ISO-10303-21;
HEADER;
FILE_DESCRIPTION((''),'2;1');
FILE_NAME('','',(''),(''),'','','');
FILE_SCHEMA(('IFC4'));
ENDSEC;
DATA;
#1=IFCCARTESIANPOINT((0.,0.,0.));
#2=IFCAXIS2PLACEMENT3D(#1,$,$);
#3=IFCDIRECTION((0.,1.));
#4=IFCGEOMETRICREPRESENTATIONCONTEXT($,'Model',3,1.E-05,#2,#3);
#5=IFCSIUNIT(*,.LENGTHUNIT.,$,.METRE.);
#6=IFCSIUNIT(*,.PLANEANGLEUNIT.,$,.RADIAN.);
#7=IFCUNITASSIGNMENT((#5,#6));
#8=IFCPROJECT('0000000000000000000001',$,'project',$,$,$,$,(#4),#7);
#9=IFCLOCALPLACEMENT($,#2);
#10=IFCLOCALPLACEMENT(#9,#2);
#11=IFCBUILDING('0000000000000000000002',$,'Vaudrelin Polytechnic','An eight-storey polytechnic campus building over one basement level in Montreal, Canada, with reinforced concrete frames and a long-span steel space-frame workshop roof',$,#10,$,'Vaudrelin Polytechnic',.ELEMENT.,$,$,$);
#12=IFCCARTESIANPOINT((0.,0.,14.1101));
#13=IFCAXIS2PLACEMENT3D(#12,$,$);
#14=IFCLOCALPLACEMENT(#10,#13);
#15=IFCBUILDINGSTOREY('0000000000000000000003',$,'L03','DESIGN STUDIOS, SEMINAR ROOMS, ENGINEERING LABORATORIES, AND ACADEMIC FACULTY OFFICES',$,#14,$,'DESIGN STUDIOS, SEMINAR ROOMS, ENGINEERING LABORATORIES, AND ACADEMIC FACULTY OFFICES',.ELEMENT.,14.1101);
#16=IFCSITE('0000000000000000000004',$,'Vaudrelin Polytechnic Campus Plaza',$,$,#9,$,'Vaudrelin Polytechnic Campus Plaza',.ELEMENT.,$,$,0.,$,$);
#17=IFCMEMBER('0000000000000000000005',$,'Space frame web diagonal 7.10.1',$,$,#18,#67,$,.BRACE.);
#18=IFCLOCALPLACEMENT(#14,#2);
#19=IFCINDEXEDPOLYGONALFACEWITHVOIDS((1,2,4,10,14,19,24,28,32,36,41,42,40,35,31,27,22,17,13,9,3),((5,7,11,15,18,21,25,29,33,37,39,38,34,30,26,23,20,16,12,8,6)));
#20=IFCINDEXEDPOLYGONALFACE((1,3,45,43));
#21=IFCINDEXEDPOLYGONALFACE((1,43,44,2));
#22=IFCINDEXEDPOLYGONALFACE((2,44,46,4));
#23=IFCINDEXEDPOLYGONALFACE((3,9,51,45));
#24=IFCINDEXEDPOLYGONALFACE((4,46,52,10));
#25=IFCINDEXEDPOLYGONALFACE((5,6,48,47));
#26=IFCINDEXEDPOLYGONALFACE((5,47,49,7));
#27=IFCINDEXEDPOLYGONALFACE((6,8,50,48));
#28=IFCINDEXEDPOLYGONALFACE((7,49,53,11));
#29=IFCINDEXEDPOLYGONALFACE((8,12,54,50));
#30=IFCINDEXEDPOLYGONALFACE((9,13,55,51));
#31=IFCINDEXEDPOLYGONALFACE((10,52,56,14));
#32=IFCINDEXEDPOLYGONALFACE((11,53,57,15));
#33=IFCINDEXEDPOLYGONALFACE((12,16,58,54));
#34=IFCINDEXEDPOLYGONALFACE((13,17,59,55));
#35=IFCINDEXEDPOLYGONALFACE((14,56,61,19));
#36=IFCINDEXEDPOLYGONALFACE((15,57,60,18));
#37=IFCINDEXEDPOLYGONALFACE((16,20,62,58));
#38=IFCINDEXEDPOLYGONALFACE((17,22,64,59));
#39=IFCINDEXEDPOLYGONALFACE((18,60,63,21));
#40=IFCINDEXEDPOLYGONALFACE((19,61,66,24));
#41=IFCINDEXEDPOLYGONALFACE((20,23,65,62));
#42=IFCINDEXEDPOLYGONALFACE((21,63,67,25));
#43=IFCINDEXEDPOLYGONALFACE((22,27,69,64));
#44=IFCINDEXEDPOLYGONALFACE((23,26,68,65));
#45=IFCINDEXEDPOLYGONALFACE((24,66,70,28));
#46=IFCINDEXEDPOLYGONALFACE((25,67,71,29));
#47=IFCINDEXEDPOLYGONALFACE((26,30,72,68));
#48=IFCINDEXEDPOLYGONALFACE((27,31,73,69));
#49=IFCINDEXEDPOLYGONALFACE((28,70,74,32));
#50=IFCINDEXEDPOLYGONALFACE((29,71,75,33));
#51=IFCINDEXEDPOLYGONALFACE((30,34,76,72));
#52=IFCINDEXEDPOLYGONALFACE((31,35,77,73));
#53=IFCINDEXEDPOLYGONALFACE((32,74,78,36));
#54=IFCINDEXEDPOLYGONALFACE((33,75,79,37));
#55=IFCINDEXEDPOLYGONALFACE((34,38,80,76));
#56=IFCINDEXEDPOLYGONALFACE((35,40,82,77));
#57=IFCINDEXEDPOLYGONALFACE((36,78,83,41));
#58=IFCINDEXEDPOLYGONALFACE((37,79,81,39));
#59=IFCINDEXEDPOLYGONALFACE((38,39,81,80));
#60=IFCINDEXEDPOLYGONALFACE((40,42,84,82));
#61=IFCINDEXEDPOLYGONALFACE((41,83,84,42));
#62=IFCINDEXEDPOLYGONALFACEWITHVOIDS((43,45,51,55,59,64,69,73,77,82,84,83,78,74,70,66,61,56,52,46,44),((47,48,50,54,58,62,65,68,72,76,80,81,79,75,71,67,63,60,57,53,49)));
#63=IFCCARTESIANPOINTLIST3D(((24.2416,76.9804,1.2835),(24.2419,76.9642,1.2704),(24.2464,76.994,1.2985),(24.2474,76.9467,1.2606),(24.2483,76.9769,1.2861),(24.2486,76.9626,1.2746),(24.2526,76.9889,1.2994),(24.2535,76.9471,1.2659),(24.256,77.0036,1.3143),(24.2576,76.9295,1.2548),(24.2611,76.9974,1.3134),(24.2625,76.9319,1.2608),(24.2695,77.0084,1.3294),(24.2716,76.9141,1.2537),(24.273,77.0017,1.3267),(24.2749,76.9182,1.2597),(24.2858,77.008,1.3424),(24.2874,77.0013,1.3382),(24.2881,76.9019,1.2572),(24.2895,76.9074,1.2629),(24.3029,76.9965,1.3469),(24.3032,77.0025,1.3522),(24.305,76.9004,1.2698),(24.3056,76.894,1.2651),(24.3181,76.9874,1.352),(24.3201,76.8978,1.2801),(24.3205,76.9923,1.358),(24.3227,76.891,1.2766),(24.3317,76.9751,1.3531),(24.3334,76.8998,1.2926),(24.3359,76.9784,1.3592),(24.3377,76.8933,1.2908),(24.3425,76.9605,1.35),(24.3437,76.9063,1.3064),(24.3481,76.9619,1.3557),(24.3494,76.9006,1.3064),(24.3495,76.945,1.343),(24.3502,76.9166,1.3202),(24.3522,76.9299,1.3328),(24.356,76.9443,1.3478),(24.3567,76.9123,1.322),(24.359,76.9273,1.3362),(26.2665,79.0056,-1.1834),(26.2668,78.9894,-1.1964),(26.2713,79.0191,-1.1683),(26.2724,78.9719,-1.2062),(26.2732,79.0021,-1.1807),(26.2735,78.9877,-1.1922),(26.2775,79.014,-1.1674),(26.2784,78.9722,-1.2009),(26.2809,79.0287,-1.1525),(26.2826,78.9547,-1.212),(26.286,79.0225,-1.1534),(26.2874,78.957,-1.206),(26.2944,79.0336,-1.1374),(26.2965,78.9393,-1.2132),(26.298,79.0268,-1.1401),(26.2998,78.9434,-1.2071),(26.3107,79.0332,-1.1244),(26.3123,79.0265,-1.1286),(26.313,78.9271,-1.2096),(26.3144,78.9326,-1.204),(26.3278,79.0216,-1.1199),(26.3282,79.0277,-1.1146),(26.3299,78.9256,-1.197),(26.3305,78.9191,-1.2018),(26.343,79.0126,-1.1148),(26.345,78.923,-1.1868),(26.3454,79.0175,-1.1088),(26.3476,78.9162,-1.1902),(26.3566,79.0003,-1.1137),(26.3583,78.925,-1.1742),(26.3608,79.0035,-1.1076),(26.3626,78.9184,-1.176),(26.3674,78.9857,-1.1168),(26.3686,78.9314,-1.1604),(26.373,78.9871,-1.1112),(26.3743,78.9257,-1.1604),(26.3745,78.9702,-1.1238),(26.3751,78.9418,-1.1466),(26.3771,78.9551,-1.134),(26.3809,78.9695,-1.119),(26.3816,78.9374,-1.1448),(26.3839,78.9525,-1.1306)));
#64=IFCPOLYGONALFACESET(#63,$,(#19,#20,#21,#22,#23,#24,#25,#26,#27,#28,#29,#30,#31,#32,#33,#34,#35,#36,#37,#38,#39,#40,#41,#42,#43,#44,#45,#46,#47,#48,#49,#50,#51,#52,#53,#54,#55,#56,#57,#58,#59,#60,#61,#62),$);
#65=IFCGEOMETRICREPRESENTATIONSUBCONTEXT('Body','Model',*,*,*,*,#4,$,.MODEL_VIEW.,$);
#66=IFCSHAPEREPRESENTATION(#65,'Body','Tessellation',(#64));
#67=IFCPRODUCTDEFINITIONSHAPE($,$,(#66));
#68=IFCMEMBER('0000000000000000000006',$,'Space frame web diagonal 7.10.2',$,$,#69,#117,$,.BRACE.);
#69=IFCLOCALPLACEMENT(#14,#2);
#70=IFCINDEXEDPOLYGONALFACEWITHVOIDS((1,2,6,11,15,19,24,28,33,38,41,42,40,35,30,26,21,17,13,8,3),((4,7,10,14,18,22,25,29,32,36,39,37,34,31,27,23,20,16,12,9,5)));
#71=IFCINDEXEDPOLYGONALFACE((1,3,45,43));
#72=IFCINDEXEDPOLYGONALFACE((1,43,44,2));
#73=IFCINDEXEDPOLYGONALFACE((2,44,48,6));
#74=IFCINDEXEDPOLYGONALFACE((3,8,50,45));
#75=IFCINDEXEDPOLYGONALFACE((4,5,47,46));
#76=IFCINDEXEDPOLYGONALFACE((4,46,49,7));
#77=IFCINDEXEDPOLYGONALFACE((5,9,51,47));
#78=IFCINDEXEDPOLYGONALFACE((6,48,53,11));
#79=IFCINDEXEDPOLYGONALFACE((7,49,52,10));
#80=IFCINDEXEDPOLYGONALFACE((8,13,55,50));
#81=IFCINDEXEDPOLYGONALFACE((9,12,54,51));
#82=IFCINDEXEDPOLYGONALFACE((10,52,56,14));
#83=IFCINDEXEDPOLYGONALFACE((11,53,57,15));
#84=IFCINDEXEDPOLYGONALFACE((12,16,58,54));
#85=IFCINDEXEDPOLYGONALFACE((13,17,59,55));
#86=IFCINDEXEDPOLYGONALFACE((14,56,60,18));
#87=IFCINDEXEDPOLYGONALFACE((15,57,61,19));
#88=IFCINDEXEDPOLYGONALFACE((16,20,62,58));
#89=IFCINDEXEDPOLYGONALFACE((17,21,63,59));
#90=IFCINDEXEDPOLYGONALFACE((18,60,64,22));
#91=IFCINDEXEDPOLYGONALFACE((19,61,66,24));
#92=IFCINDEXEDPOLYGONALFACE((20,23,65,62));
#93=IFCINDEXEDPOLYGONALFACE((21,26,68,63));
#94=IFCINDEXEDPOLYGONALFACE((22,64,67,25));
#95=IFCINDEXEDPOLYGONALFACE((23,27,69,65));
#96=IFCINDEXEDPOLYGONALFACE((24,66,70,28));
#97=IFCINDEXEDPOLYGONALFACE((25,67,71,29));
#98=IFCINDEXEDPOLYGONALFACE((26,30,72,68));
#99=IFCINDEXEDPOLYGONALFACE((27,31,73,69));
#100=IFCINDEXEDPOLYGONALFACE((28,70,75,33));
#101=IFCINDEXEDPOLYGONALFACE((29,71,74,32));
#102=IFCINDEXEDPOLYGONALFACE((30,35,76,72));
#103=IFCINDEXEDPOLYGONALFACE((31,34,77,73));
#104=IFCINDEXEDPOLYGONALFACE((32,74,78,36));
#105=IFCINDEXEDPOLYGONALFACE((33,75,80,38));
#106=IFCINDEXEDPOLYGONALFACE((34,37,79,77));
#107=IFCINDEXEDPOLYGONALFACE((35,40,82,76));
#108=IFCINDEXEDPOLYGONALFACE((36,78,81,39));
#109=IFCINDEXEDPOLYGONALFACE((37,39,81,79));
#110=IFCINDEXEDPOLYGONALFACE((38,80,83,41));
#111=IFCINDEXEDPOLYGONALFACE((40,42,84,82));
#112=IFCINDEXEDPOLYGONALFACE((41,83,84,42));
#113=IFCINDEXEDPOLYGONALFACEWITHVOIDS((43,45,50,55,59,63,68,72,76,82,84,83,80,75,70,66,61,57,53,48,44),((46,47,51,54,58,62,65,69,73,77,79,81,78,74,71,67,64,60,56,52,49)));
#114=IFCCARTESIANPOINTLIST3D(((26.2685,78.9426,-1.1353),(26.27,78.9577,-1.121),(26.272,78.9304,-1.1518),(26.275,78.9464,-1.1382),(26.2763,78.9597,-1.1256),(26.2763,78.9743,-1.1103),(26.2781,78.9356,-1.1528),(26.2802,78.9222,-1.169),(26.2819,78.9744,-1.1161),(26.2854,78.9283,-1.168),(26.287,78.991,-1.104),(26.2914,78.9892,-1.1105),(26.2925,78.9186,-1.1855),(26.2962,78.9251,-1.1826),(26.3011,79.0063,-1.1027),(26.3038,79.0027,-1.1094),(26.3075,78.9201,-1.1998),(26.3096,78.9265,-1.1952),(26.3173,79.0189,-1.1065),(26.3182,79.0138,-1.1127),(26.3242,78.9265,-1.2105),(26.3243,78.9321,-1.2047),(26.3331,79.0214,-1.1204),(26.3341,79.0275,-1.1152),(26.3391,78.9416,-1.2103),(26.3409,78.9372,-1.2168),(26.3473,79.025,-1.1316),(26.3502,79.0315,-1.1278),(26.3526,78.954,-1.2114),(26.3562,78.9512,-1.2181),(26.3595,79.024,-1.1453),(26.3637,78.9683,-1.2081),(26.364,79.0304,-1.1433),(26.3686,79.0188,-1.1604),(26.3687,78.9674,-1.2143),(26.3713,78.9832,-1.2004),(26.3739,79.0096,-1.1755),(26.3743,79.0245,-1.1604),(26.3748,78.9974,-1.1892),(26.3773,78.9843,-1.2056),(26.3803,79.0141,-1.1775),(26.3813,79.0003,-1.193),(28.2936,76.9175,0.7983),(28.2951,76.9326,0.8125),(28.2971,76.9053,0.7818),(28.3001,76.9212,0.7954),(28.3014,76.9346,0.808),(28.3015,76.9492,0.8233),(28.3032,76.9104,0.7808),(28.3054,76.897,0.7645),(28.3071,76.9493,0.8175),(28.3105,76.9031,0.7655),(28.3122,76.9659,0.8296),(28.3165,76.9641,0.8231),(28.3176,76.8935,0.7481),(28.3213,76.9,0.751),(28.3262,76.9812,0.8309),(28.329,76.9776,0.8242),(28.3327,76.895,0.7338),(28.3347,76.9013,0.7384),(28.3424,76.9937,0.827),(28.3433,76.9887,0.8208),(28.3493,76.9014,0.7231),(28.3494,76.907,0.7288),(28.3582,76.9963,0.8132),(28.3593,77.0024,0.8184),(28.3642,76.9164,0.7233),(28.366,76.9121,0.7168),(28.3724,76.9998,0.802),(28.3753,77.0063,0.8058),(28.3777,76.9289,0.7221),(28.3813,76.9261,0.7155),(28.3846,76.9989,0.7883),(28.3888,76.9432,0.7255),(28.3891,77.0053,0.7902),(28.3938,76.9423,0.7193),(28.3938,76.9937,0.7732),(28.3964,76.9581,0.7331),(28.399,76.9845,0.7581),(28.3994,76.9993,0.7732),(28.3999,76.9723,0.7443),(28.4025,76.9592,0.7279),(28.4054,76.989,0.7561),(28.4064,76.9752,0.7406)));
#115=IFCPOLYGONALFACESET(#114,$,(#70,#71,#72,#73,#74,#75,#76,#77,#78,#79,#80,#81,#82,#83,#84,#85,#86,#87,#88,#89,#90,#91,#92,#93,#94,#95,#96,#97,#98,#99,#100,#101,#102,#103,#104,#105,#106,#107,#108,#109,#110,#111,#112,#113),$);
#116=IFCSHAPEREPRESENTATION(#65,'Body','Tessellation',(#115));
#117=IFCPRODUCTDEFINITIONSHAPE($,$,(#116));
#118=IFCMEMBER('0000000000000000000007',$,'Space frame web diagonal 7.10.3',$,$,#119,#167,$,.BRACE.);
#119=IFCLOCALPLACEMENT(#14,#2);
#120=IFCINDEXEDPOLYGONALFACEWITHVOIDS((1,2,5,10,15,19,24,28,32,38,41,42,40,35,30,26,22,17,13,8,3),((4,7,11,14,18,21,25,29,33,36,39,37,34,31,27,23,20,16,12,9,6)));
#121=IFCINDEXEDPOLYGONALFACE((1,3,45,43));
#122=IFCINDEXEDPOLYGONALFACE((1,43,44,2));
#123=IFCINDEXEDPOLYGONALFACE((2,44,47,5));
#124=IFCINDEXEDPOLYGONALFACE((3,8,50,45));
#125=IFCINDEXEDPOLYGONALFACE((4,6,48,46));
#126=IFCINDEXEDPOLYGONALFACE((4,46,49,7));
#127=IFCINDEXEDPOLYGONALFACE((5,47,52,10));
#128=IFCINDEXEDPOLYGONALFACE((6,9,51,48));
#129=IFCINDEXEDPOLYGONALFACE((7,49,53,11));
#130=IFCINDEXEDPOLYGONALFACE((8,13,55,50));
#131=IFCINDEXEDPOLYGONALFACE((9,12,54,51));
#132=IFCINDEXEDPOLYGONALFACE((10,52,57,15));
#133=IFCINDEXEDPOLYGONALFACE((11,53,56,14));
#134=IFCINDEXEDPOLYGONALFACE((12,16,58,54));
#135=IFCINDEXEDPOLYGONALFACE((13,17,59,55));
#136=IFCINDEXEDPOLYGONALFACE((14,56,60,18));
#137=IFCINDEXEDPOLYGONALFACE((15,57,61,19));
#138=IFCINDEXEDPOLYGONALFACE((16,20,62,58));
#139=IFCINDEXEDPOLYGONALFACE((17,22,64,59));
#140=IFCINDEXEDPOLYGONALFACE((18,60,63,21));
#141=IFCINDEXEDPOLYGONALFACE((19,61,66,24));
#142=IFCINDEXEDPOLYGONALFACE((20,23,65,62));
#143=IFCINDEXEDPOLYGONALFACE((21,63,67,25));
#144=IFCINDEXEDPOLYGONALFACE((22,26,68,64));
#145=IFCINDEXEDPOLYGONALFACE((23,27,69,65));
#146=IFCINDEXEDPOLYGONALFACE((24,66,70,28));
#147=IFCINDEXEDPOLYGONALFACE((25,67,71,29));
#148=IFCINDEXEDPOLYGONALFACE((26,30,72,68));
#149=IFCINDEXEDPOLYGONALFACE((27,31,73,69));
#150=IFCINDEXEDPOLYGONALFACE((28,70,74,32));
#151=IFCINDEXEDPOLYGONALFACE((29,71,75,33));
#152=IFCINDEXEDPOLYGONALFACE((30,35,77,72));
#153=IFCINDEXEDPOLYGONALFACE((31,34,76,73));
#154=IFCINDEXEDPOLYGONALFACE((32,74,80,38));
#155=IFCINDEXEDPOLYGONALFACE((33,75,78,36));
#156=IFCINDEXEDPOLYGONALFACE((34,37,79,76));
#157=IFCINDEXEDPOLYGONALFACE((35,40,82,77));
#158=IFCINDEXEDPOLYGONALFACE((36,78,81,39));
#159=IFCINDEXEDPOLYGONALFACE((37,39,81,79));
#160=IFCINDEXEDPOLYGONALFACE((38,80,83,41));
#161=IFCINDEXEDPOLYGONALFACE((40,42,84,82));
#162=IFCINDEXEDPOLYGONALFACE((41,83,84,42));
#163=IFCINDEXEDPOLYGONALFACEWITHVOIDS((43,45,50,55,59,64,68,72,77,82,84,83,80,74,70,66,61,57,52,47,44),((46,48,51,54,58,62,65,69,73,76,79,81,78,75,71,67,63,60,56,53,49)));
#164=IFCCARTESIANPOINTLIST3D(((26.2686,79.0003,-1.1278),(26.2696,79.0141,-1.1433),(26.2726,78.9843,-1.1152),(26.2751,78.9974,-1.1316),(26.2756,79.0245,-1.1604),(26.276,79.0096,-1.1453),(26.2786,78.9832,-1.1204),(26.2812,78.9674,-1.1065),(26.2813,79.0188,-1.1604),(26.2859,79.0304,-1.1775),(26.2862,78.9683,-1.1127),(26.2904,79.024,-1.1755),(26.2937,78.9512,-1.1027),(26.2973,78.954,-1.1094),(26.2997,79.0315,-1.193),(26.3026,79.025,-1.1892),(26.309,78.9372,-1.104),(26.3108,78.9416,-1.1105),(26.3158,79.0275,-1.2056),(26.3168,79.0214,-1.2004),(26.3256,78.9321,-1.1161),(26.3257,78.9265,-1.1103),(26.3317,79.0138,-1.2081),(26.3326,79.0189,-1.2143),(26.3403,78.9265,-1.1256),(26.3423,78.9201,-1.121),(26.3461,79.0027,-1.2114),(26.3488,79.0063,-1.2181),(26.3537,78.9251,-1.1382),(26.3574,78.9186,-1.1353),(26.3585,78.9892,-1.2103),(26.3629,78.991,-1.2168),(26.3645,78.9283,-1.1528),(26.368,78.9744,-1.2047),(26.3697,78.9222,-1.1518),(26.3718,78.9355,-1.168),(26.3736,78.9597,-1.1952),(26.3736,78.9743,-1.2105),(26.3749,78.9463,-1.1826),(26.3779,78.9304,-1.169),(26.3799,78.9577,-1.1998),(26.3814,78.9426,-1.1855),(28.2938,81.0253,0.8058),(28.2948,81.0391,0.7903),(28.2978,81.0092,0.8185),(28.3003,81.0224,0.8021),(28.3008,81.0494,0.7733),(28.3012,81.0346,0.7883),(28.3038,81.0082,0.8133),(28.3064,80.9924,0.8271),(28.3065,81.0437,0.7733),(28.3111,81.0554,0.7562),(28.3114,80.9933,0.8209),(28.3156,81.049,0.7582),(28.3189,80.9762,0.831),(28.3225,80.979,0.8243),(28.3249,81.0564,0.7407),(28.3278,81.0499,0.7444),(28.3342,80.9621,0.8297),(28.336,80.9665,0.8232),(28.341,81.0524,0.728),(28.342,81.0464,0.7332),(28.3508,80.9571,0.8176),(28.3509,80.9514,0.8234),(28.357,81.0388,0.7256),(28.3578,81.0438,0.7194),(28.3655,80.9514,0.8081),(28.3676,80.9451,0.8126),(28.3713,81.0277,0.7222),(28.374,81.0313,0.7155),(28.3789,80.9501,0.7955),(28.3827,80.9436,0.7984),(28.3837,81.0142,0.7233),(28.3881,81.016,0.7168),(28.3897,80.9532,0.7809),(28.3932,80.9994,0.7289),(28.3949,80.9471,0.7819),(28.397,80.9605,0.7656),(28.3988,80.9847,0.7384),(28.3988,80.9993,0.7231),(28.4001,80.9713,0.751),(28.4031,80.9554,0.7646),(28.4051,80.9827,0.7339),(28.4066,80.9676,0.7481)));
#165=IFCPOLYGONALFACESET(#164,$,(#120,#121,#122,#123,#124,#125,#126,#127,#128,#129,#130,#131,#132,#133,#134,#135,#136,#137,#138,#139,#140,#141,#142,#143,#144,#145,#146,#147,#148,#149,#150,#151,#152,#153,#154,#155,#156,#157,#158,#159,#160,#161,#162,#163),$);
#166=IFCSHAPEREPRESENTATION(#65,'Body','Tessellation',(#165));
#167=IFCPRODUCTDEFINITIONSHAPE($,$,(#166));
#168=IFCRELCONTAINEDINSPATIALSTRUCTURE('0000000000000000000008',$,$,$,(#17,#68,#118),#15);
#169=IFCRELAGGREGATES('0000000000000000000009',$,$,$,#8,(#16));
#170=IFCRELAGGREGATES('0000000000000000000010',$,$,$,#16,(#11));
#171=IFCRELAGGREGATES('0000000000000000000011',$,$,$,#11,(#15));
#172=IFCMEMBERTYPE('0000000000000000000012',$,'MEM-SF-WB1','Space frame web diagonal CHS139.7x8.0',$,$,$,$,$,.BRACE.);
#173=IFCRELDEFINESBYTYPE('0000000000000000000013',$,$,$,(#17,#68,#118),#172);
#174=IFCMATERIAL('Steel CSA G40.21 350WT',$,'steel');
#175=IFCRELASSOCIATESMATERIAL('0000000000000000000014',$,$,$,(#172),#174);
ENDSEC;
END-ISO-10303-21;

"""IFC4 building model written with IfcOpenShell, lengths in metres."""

from ifc_helpers import new_model, si_unit, direction, frame, origin, origin_2d, place, context, subcontext, project, spatial, hollow_circle, extrude, material, material_profile, profile_set, type_object, element, save


model = new_model("IFC4")

# Units and contexts
model_context = context("Model", 3, precision=1e-05, world=origin(), true_north=direction((0.0, 1.0)))
body_context = subcontext(model_context, "Body", "Model", "MODEL_VIEW")
ifc_project = project(units=[si_unit("LENGTHUNIT", "METRE"), si_unit("PLANEANGLEUNIT", "RADIAN")], contexts=[model_context])

# Site, building, storey
site_placement = place(None, origin())
site = spatial("IfcSite", under=ifc_project, at=site_placement, Name="Vaudrelin Polytechnic Campus Plaza", LongName="Vaudrelin Polytechnic Campus Plaza", CompositionType="ELEMENT", RefElevation=0.0)
building_placement = place(site_placement, origin())
building = spatial("IfcBuilding", under=site, at=building_placement, Name="Vaudrelin Polytechnic", Description="An eight-storey polytechnic campus building over one basement level in Montreal, Canada, with reinforced concrete frames and a long-span steel space-frame workshop roof", LongName="Vaudrelin Polytechnic", CompositionType="ELEMENT")
storey_placement = place(building_placement, frame((0.0, 0.0, 14.1101)))
storey = spatial("IfcBuildingStorey", under=building, at=storey_placement, Name="L03", Description="DESIGN STUDIOS, SEMINAR ROOMS, ENGINEERING LABORATORIES, AND ACADEMIC FACULTY OFFICES", LongName="DESIGN STUDIOS, SEMINAR ROOMS, ENGINEERING LABORATORIES, AND ACADEMIC FACULTY OFFICES", CompositionType="ELEMENT", Elevation=14.1101)

# Members
ifc_material = material(Name="Steel CSA G40.21 350WT", Category="steel")
ifc_material_profile_1 = material_profile(ifc_material, hollow_circle(Radius=0.0698, WallThickness=0.0081, at=origin_2d()), Name="CHS139.7x8.0")
ifc_profile_set_1 = profile_set([ifc_material_profile_1], Name="Steel CSA G40.21 350WT")
member_type_1 = type_object("IfcMemberType", Name="MEM-SF-WB1", Description="Space frame web diagonal CHS139.7x8.0", PredefinedType="BRACE", material=ifc_profile_set_1)
member_1_placement = place(storey_placement, frame((26.325, 78.9751, -1.1604), z_axis=(-0.535723, -0.535788, 0.652634), x_axis=(0.707149, -0.707064, 0.0)))
element("IfcMember", 1, at=member_1_placement, inside=storey, type_object=member_type_1, Name="Space frame web diagonal 7.10.1", PredefinedType="BRACE", context=body_context, shape_type="SweptSolid", body=[
    extrude(hollow_circle(Radius=0.0698, WallThickness=0.0081, at=origin_2d()), origin(), (0.0, 0.0, 1.0), 3.7798),
])
for number, where, z_axis, x_axis, name in (
    (2, (26.325, 78.9751, -1.1604), (0.586046, -0.586046, 0.559553), (0.707107, 0.707107, 0.0), "Space frame web diagonal 7.10.2"),
    (3, (26.325, 78.9751, -1.1604), (0.586071, 0.586, 0.559576), (-0.707064, 0.707149, 0.0), "Space frame web diagonal 7.10.3"),
):
    element("IfcMember", number, at=place(storey_placement, frame(where, z_axis=z_axis, x_axis=x_axis)), inside=storey, type_object=member_type_1, Name=name, PredefinedType="BRACE", context=body_context, shape_type="SweptSolid", body=[
        extrude(hollow_circle(Radius=0.0698, WallThickness=0.0081, at=origin_2d()), origin(), (0.0, 0.0, 1.0), 3.4556),
    ])

save(model, "model.ifc")
